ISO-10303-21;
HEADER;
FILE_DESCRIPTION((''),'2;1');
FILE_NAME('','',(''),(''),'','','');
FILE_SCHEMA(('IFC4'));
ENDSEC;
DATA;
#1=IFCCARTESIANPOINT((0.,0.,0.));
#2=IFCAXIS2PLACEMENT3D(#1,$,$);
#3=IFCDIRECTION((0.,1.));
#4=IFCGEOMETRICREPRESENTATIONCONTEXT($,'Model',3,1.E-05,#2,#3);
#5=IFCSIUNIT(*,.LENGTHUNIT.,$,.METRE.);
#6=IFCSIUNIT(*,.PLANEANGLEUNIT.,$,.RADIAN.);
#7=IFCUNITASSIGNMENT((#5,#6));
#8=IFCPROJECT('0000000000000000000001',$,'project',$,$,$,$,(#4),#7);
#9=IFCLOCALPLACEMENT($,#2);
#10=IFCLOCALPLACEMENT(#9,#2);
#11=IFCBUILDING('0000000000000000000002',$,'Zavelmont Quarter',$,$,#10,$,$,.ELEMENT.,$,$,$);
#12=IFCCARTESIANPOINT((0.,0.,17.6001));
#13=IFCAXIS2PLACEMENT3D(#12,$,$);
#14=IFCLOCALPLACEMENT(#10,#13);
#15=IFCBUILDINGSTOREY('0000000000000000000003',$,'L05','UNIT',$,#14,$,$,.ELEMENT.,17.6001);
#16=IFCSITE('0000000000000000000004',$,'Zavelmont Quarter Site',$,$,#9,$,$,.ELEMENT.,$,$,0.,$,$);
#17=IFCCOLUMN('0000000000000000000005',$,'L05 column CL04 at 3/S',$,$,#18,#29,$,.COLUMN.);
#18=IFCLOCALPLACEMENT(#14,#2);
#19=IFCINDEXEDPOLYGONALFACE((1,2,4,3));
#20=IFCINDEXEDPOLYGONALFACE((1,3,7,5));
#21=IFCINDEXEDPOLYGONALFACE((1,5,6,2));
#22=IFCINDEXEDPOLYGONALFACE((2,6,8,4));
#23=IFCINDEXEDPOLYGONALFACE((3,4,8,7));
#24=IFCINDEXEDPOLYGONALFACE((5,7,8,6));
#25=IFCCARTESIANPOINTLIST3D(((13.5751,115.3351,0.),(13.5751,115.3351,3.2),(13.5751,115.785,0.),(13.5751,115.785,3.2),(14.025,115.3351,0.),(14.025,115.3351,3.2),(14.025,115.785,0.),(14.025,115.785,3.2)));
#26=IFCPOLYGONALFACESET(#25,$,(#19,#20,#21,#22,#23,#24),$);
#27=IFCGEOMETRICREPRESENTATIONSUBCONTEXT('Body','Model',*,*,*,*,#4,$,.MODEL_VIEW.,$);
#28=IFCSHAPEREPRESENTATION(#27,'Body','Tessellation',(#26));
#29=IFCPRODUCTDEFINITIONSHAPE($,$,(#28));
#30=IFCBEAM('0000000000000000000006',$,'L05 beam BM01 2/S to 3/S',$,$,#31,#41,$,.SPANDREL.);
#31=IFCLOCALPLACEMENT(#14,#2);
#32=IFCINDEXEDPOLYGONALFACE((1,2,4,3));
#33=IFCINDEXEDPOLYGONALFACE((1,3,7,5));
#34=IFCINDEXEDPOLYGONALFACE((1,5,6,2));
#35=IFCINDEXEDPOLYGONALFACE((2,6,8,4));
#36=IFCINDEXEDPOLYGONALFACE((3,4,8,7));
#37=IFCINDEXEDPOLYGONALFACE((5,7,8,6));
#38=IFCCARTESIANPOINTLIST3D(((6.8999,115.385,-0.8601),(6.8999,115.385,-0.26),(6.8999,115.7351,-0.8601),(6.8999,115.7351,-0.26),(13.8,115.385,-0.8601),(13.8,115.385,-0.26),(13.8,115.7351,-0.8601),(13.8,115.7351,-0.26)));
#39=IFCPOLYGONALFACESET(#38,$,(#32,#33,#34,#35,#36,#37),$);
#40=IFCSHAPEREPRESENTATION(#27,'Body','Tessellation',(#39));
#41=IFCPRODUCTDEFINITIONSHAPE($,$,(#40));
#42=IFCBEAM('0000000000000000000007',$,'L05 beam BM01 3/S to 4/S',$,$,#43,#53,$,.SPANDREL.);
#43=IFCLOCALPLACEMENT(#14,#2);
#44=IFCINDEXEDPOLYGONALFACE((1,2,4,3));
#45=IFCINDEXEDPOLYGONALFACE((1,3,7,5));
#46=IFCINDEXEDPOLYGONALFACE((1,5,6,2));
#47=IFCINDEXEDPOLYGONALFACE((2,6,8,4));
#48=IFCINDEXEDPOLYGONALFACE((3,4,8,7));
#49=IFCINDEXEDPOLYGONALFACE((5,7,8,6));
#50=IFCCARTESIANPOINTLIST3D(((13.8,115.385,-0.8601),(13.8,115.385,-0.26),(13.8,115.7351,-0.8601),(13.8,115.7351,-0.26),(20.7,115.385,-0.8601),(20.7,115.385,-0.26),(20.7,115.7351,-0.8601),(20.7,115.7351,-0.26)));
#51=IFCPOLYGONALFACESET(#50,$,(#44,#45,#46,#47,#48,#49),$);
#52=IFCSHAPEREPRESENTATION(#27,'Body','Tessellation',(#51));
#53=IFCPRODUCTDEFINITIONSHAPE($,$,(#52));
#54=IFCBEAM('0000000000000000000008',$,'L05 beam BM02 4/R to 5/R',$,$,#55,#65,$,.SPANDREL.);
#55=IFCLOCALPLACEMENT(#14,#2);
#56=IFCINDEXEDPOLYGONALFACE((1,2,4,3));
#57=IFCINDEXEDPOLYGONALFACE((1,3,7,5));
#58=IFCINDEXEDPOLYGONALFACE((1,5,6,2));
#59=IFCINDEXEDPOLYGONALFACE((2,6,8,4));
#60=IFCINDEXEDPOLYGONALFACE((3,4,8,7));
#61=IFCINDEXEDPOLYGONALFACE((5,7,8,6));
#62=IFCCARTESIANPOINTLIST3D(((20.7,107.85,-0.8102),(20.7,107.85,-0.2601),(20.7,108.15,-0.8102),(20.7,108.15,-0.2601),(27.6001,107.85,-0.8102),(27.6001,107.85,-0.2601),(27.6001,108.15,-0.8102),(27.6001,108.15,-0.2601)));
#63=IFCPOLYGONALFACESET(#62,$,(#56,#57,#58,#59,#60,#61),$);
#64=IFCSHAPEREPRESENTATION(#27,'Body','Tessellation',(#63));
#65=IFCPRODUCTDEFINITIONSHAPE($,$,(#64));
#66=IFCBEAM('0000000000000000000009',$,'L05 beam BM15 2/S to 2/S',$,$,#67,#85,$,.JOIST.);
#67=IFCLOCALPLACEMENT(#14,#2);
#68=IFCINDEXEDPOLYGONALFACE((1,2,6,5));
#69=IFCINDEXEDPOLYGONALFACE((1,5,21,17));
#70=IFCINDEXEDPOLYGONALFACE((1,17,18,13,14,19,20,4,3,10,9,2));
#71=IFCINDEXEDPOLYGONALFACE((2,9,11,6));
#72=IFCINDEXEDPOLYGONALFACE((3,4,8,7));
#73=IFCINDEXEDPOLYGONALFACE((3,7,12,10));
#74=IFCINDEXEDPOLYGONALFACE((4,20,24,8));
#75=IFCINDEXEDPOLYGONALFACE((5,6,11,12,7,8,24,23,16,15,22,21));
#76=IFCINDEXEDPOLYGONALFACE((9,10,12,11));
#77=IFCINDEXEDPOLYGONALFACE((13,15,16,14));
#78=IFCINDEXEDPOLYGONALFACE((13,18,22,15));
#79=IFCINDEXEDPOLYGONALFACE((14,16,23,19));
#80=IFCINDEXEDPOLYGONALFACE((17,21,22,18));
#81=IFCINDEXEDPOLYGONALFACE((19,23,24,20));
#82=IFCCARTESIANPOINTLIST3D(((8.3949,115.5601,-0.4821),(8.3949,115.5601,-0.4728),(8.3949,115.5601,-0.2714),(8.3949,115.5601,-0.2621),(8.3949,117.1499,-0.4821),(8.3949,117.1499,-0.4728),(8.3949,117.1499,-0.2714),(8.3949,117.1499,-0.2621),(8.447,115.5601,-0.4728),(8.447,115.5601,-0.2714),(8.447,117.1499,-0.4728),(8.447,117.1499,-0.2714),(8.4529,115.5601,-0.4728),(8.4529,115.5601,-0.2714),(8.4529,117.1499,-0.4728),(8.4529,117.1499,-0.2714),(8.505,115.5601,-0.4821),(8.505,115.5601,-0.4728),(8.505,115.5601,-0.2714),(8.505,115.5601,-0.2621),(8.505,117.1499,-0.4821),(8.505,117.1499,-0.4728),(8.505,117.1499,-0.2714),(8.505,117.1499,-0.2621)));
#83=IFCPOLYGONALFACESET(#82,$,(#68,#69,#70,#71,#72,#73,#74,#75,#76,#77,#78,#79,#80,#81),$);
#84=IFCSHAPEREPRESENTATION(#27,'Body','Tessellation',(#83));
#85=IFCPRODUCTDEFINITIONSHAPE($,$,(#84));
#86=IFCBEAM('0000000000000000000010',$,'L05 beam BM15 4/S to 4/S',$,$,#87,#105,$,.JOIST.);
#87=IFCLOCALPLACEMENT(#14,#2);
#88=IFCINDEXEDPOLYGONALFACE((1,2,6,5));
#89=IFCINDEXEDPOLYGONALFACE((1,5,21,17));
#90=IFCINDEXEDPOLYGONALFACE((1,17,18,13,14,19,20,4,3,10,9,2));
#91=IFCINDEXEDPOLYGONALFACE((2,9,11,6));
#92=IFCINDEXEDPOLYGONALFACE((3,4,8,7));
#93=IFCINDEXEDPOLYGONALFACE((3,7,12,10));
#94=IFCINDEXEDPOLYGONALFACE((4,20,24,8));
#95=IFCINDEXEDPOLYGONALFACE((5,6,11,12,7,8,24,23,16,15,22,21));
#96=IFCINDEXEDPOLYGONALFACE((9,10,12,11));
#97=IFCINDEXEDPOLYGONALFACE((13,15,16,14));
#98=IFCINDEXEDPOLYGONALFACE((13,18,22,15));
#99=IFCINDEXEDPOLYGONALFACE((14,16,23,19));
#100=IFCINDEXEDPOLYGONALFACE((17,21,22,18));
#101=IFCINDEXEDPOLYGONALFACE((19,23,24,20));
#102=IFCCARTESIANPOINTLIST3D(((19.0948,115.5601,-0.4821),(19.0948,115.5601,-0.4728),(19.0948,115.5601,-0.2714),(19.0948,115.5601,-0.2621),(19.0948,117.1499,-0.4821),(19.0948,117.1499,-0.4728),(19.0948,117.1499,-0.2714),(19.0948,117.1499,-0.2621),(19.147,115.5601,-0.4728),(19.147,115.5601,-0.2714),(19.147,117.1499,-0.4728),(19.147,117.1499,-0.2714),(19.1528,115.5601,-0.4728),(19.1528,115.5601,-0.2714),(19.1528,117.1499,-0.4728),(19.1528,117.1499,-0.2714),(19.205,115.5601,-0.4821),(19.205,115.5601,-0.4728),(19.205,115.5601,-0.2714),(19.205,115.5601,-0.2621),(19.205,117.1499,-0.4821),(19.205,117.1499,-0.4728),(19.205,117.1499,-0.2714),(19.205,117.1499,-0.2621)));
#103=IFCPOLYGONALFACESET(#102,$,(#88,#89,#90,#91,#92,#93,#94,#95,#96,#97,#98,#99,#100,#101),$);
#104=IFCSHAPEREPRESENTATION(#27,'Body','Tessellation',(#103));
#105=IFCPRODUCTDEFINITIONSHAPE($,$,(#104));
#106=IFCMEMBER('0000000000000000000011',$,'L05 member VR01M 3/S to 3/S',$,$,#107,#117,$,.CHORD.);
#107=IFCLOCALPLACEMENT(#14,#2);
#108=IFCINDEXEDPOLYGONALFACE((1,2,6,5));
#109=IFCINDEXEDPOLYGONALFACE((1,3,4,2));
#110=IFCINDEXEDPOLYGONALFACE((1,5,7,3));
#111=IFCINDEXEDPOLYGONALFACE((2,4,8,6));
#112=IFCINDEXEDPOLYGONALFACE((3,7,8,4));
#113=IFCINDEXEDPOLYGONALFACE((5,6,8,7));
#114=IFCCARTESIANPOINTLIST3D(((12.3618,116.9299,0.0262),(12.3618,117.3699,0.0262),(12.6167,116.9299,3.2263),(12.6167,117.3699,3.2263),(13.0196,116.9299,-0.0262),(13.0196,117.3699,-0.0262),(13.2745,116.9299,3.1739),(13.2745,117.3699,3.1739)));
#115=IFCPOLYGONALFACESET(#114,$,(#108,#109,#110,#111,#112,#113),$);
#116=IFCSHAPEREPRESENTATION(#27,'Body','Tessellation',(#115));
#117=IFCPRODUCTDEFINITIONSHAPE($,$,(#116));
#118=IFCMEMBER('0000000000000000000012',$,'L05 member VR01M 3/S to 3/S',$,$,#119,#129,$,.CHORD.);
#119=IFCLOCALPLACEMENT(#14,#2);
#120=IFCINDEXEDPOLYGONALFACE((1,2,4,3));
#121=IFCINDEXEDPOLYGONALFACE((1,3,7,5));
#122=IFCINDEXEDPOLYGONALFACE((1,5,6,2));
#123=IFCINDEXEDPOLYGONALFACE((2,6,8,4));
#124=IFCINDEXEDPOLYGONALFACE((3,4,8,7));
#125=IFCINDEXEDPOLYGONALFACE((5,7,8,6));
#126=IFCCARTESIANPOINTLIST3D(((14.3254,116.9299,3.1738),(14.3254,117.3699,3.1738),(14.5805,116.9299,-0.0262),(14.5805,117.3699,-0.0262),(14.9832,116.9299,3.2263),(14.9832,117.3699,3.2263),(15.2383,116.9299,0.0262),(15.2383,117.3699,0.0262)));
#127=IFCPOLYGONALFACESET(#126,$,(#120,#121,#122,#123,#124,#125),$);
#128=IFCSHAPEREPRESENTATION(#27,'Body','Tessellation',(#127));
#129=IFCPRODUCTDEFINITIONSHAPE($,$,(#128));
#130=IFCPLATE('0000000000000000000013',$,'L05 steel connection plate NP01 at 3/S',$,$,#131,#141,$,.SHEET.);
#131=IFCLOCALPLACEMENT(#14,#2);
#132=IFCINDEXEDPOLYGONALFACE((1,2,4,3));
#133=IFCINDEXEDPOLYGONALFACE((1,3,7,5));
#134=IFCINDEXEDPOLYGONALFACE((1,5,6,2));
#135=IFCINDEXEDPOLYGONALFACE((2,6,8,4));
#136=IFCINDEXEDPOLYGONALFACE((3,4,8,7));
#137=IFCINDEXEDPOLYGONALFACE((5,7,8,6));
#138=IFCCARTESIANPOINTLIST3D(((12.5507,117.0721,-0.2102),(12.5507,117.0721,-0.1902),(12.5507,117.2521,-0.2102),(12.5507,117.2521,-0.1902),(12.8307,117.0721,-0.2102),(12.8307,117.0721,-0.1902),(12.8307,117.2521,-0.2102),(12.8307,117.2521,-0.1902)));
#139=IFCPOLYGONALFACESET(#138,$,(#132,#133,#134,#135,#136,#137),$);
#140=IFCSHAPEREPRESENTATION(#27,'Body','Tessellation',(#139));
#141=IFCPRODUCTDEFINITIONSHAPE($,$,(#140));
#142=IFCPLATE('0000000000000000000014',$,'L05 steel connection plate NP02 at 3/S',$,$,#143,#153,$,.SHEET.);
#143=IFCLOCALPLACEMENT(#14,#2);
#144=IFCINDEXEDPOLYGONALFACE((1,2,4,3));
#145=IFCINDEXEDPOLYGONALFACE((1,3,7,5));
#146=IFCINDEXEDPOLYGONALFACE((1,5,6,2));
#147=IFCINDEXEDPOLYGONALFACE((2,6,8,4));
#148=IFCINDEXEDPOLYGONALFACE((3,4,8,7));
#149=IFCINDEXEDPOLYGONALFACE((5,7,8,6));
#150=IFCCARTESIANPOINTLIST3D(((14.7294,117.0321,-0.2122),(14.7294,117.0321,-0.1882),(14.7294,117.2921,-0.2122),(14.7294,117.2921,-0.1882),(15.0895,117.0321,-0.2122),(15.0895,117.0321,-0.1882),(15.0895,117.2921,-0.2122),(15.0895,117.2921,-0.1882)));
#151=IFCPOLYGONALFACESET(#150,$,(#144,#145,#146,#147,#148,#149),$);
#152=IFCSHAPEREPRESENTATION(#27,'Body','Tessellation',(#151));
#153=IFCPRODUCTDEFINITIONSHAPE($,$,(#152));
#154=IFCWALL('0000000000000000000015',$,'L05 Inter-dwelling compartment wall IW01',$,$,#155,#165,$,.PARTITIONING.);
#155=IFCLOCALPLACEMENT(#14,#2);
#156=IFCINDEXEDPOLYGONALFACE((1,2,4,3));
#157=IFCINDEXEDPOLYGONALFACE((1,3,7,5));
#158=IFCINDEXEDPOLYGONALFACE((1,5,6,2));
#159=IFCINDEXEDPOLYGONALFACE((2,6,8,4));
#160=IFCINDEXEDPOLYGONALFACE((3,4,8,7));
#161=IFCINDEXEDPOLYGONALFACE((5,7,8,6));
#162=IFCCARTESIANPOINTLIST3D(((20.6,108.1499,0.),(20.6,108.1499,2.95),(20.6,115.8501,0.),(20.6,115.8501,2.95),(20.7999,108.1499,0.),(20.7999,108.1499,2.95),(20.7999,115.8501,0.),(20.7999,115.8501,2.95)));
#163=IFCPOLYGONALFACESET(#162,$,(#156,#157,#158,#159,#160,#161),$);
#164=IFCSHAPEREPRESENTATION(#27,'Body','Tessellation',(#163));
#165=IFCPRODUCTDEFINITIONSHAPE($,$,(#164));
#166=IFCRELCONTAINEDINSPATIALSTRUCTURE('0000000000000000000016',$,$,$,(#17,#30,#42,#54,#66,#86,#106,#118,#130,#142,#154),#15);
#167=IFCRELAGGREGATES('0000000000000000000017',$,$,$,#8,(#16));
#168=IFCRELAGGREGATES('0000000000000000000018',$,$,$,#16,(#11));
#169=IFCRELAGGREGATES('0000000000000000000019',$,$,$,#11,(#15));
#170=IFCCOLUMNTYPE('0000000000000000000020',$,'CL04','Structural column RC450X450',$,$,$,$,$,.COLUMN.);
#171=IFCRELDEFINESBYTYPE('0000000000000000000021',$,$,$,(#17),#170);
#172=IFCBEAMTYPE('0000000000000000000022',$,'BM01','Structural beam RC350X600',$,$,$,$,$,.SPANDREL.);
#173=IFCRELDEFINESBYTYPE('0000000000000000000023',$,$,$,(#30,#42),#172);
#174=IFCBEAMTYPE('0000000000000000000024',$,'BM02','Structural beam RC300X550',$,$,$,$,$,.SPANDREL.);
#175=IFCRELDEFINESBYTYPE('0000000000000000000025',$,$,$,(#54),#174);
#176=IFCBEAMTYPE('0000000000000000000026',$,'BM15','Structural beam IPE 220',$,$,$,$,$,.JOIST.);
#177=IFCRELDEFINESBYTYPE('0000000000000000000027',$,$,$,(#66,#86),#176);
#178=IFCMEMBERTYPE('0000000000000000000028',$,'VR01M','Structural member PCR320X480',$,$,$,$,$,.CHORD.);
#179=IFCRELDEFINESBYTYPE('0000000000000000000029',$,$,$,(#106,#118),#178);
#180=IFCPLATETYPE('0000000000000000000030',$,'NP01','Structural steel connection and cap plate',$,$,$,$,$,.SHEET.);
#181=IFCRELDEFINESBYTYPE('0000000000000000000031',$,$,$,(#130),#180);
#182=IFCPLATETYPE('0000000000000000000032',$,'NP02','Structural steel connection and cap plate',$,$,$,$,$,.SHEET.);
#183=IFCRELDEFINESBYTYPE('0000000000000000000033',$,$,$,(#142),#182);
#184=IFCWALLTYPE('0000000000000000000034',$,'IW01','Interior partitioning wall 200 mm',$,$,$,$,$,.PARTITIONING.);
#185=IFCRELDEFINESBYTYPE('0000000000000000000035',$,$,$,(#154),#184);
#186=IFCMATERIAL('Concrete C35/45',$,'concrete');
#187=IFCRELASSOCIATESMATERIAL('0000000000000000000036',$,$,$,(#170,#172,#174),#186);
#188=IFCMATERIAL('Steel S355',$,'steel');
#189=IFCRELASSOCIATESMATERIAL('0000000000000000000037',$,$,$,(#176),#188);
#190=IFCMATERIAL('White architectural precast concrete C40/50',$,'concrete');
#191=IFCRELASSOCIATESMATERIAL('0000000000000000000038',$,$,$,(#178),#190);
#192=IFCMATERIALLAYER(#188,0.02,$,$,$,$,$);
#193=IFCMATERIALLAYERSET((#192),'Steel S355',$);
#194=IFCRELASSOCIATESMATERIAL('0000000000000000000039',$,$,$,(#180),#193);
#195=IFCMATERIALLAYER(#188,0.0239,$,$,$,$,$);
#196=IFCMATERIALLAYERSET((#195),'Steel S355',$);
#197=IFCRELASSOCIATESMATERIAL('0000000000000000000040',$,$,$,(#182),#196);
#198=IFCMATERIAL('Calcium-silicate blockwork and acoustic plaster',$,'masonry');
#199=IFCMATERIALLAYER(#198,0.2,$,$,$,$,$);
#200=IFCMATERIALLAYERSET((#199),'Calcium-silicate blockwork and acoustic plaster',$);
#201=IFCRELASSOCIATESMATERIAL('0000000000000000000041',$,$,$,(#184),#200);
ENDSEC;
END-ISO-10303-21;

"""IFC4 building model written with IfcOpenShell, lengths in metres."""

from ifc_helpers import new_model, si_unit, direction, frame, frame_2d, origin, origin_2d, place, context, subcontext, project, spatial, rectangle, i_section, extrude, material, layer, layer_set, material_profile, profile_set, type_object, element, save


model = new_model("IFC4")

# Units and contexts
model_context = context("Model", 3, precision=1e-05, world=origin(), true_north=direction((0.0, 1.0)))
body_context = subcontext(model_context, "Body", "Model", "MODEL_VIEW")
ifc_project = project(units=[si_unit("LENGTHUNIT", "METRE"), si_unit("PLANEANGLEUNIT", "RADIAN")], contexts=[model_context])

# Site, building, storey
site_placement = place(None, origin())
site = spatial("IfcSite", under=ifc_project, at=site_placement, Name="Zavelmont Quarter Site", CompositionType="ELEMENT", RefElevation=0.0)
building_placement = place(site_placement, origin())
building = spatial("IfcBuilding", under=site, at=building_placement, Name="Zavelmont Quarter", CompositionType="ELEMENT")
storey_placement = place(building_placement, frame((0.0, 0.0, 17.6001)))
storey = spatial("IfcBuildingStorey", under=building, at=storey_placement, Name="L05", Description="UNIT", CompositionType="ELEMENT", Elevation=17.6001)

# Column
ifc_material_1 = material(Name="Concrete C35/45", Category="concrete")
ifc_material_profile_1 = material_profile(ifc_material_1, rectangle(XDim=0.45, YDim=0.45, at=origin_2d()), Name="RC450X450")
ifc_profile_set_1 = profile_set([ifc_material_profile_1], Name="Concrete C35/45")
column_type = type_object("IfcColumnType", Name="CL04", Description="Structural column RC450X450", PredefinedType="COLUMN", material=ifc_profile_set_1)
column_placement = place(storey_placement, frame((13.8, 115.5601, 0.0), z_axis=(0.0, 0.0, 1.0), x_axis=(1.0, 0.0, 0.0)))
element("IfcColumn", 1, at=column_placement, inside=storey, type_object=column_type, Name="L05 column CL04 at 3/S", PredefinedType="COLUMN", context=body_context, shape_type="SweptSolid", body=[
    extrude(rectangle(XDim=0.45, YDim=0.45, at=origin_2d()), origin(), (0.0, 0.0, 1.0), 3.2),
])

# Beams
ifc_material_profile_2 = material_profile(ifc_material_1, rectangle(XDim=0.3501, YDim=0.6001, at=origin_2d()), Name="RC350X600")
ifc_profile_set_2 = profile_set([ifc_material_profile_2], Name="Concrete C35/45")
beam_type_1 = type_object("IfcBeamType", Name="BM01", Description="Structural beam RC350X600", PredefinedType="SPANDREL", material=ifc_profile_set_2)
beam_1_placement = place(storey_placement, frame((6.8999, 115.5601, -0.5601), z_axis=(1.0, 0.0, 0.0), x_axis=(0.0, 1.0, 0.0)))
element("IfcBeam", 2, at=beam_1_placement, inside=storey, type_object=beam_type_1, Name="L05 beam BM01 2/S to 3/S", PredefinedType="SPANDREL", context=body_context, shape_type="SweptSolid", body=[
    extrude(rectangle(XDim=0.3501, YDim=0.6001, at=origin_2d()), origin(), (0.0, 0.0, 1.0), 6.9001),
])
beam_2_placement = place(storey_placement, frame((13.8, 115.5601, -0.5601), z_axis=(1.0, 0.0, 0.0), x_axis=(0.0, 1.0, 0.0)))
element("IfcBeam", 3, at=beam_2_placement, inside=storey, type_object=beam_type_1, Name="L05 beam BM01 3/S to 4/S", PredefinedType="SPANDREL", context=body_context, shape_type="SweptSolid", body=[
    extrude(rectangle(XDim=0.3501, YDim=0.6001, at=origin_2d()), origin(), (0.0, 0.0, 1.0), 6.8999),
])
ifc_material_profile_3 = material_profile(ifc_material_1, rectangle(XDim=0.3, YDim=0.55, at=origin_2d()), Name="RC300X550")
ifc_profile_set_3 = profile_set([ifc_material_profile_3], Name="Concrete C35/45")
beam_type_2 = type_object("IfcBeamType", Name="BM02", Description="Structural beam RC300X550", PredefinedType="SPANDREL", material=ifc_profile_set_3)
beam_3_placement = place(storey_placement, frame((20.7, 108.0, -0.5352), z_axis=(1.0, 0.0, 0.0), x_axis=(0.0, 1.0, 0.0)))
element("IfcBeam", 4, at=beam_3_placement, inside=storey, type_object=beam_type_2, Name="L05 beam BM02 4/R to 5/R", PredefinedType="SPANDREL", context=body_context, shape_type="SweptSolid", body=[
    extrude(rectangle(XDim=0.3, YDim=0.55, at=origin_2d()), origin(), (0.0, 0.0, 1.0), 6.9001),
])
ifc_material_2 = material(Name="Steel S355", Category="steel")
ifc_material_profile_4 = material_profile(ifc_material_2, i_section(OverallWidth=0.1101, OverallDepth=0.22, WebThickness=0.0059, FlangeThickness=0.0093, at=origin_2d()), Name="IPE 220")
ifc_profile_set_4 = profile_set([ifc_material_profile_4], Name="Steel S355")
beam_type_3 = type_object("IfcBeamType", Name="BM15", Description="Structural beam IPE 220", PredefinedType="JOIST", material=ifc_profile_set_4)
for number, where, z_axis, x_axis, name in (
    (5, (8.45, 115.5601, -0.3721), (0.0, 1.0, 0.0), (-1.0, 0.0, 0.0), "L05 beam BM15 2/S to 2/S"),
    (6, (19.1499, 115.5601, -0.3721), (0.0, 1.0, 0.0), (-1.0, 0.0, 0.0), "L05 beam BM15 4/S to 4/S"),
):
    element("IfcBeam", number, at=place(storey_placement, frame(where, z_axis=z_axis, x_axis=x_axis)), inside=storey, type_object=beam_type_3, Name=name, PredefinedType="JOIST", context=body_context, shape_type="SweptSolid", body=[
        extrude(i_section(OverallWidth=0.1101, OverallDepth=0.22, WebThickness=0.0059, FlangeThickness=0.0093, at=origin_2d()), origin(), (0.0, 0.0, 1.0), 1.5898),
    ])

# Members
ifc_material_3 = material(Name="White architectural precast concrete C40/50", Category="concrete")
ifc_material_profile_5 = material_profile(ifc_material_3, rectangle(XDim=0.4399, YDim=0.6599, at=origin_2d()), Name="PCR320X480")
ifc_profile_set_5 = profile_set([ifc_material_profile_5], Name="White architectural precast concrete C40/50")
member_type = type_object("IfcMemberType", Name="VR01M", Description="Structural member PCR320X480", PredefinedType="CHORD", material=ifc_profile_set_5)
for number, where, z_axis, x_axis, name in (
    (7, (12.6907, 117.1499, 0.0), (0.079401, 0.0, 0.996843), (0.0, 1.0, 0.0), "L05 member VR01M 3/S to 3/S"),
    (8, (14.9094, 117.1499, 0.0), (-0.079476, 0.0, 0.996837), (0.0, -1.0, 0.0), "L05 member VR01M 3/S to 3/S"),
):
    element("IfcMember", number, at=place(storey_placement, frame(where, z_axis=z_axis, x_axis=x_axis)), inside=storey, type_object=member_type, Name=name, PredefinedType="CHORD", context=body_context, shape_type="SweptSolid", body=[
        extrude(rectangle(XDim=0.4399, YDim=0.6599, at=origin_2d()), origin(), (0.0, 0.0, 1.0), 3.2102),
    ])

# Plates
ifc_layer_1 = layer(ifc_material_2, 0.02)
ifc_layer_set_1 = layer_set([ifc_layer_1], Name="Steel S355")
plate_type_1 = type_object("IfcPlateType", Name="NP01", Description="Structural steel connection and cap plate", PredefinedType="SHEET", material=ifc_layer_set_1)
plate_1_placement = place(storey_placement, frame((12.6907, 117.1621, -0.2102), z_axis=(0.0, 0.0, 1.0), x_axis=(1.0, 0.0, 0.0)))
element("IfcPlate", 9, at=plate_1_placement, inside=storey, type_object=plate_type_1, Name="L05 steel connection plate NP01 at 3/S", PredefinedType="SHEET", context=body_context, shape_type="SweptSolid", body=[
    extrude(rectangle(XDim=0.28, YDim=0.1799, at=origin_2d()), origin(), (0.0, 0.0, 1.0), 0.02),
])
ifc_layer_2 = layer(ifc_material_2, 0.0239)
ifc_layer_set_2 = layer_set([ifc_layer_2], Name="Steel S355")
plate_type_2 = type_object("IfcPlateType", Name="NP02", Description="Structural steel connection and cap plate", PredefinedType="SHEET", material=ifc_layer_set_2)
plate_2_placement = place(storey_placement, frame((14.9094, 117.1621, -0.2122), z_axis=(0.0, 0.0, 1.0), x_axis=(1.0, 0.0, 0.0)))
element("IfcPlate", 10, at=plate_2_placement, inside=storey, type_object=plate_type_2, Name="L05 steel connection plate NP02 at 3/S", PredefinedType="SHEET", context=body_context, shape_type="SweptSolid", body=[
    extrude(rectangle(XDim=0.3601, YDim=0.26, at=origin_2d()), origin(), (0.0, 0.0, 1.0), 0.0239),
])

# Wall
ifc_material_4 = material(Name="Calcium-silicate blockwork and acoustic plaster", Category="masonry")
ifc_layer_3 = layer(ifc_material_4, 0.2)
ifc_layer_set_3 = layer_set([ifc_layer_3], Name="Calcium-silicate blockwork and acoustic plaster")
wall_type_1 = type_object("IfcWallType", Name="IW01", Description="Interior partitioning wall 200 mm", PredefinedType="PARTITIONING", material=ifc_layer_set_3)
wall_1_placement = place(storey_placement, frame((20.7, 108.1499, 0.0), z_axis=(0.0, 0.0, 1.0), x_axis=(0.0, 1.0, 0.0)))
element("IfcWall", 11, at=wall_1_placement, inside=storey, type_object=wall_type_1, Name="L05 Inter-dwelling compartment wall IW01", PredefinedType="PARTITIONING", context=body_context, shape_type="SweptSolid", body=[
    extrude(rectangle(XDim=7.7002, YDim=0.2, at=frame_2d((3.8501, 0.0))), origin(), (0.0, 0.0, 1.0), 2.95),
])

save(model, "model.ifc")
